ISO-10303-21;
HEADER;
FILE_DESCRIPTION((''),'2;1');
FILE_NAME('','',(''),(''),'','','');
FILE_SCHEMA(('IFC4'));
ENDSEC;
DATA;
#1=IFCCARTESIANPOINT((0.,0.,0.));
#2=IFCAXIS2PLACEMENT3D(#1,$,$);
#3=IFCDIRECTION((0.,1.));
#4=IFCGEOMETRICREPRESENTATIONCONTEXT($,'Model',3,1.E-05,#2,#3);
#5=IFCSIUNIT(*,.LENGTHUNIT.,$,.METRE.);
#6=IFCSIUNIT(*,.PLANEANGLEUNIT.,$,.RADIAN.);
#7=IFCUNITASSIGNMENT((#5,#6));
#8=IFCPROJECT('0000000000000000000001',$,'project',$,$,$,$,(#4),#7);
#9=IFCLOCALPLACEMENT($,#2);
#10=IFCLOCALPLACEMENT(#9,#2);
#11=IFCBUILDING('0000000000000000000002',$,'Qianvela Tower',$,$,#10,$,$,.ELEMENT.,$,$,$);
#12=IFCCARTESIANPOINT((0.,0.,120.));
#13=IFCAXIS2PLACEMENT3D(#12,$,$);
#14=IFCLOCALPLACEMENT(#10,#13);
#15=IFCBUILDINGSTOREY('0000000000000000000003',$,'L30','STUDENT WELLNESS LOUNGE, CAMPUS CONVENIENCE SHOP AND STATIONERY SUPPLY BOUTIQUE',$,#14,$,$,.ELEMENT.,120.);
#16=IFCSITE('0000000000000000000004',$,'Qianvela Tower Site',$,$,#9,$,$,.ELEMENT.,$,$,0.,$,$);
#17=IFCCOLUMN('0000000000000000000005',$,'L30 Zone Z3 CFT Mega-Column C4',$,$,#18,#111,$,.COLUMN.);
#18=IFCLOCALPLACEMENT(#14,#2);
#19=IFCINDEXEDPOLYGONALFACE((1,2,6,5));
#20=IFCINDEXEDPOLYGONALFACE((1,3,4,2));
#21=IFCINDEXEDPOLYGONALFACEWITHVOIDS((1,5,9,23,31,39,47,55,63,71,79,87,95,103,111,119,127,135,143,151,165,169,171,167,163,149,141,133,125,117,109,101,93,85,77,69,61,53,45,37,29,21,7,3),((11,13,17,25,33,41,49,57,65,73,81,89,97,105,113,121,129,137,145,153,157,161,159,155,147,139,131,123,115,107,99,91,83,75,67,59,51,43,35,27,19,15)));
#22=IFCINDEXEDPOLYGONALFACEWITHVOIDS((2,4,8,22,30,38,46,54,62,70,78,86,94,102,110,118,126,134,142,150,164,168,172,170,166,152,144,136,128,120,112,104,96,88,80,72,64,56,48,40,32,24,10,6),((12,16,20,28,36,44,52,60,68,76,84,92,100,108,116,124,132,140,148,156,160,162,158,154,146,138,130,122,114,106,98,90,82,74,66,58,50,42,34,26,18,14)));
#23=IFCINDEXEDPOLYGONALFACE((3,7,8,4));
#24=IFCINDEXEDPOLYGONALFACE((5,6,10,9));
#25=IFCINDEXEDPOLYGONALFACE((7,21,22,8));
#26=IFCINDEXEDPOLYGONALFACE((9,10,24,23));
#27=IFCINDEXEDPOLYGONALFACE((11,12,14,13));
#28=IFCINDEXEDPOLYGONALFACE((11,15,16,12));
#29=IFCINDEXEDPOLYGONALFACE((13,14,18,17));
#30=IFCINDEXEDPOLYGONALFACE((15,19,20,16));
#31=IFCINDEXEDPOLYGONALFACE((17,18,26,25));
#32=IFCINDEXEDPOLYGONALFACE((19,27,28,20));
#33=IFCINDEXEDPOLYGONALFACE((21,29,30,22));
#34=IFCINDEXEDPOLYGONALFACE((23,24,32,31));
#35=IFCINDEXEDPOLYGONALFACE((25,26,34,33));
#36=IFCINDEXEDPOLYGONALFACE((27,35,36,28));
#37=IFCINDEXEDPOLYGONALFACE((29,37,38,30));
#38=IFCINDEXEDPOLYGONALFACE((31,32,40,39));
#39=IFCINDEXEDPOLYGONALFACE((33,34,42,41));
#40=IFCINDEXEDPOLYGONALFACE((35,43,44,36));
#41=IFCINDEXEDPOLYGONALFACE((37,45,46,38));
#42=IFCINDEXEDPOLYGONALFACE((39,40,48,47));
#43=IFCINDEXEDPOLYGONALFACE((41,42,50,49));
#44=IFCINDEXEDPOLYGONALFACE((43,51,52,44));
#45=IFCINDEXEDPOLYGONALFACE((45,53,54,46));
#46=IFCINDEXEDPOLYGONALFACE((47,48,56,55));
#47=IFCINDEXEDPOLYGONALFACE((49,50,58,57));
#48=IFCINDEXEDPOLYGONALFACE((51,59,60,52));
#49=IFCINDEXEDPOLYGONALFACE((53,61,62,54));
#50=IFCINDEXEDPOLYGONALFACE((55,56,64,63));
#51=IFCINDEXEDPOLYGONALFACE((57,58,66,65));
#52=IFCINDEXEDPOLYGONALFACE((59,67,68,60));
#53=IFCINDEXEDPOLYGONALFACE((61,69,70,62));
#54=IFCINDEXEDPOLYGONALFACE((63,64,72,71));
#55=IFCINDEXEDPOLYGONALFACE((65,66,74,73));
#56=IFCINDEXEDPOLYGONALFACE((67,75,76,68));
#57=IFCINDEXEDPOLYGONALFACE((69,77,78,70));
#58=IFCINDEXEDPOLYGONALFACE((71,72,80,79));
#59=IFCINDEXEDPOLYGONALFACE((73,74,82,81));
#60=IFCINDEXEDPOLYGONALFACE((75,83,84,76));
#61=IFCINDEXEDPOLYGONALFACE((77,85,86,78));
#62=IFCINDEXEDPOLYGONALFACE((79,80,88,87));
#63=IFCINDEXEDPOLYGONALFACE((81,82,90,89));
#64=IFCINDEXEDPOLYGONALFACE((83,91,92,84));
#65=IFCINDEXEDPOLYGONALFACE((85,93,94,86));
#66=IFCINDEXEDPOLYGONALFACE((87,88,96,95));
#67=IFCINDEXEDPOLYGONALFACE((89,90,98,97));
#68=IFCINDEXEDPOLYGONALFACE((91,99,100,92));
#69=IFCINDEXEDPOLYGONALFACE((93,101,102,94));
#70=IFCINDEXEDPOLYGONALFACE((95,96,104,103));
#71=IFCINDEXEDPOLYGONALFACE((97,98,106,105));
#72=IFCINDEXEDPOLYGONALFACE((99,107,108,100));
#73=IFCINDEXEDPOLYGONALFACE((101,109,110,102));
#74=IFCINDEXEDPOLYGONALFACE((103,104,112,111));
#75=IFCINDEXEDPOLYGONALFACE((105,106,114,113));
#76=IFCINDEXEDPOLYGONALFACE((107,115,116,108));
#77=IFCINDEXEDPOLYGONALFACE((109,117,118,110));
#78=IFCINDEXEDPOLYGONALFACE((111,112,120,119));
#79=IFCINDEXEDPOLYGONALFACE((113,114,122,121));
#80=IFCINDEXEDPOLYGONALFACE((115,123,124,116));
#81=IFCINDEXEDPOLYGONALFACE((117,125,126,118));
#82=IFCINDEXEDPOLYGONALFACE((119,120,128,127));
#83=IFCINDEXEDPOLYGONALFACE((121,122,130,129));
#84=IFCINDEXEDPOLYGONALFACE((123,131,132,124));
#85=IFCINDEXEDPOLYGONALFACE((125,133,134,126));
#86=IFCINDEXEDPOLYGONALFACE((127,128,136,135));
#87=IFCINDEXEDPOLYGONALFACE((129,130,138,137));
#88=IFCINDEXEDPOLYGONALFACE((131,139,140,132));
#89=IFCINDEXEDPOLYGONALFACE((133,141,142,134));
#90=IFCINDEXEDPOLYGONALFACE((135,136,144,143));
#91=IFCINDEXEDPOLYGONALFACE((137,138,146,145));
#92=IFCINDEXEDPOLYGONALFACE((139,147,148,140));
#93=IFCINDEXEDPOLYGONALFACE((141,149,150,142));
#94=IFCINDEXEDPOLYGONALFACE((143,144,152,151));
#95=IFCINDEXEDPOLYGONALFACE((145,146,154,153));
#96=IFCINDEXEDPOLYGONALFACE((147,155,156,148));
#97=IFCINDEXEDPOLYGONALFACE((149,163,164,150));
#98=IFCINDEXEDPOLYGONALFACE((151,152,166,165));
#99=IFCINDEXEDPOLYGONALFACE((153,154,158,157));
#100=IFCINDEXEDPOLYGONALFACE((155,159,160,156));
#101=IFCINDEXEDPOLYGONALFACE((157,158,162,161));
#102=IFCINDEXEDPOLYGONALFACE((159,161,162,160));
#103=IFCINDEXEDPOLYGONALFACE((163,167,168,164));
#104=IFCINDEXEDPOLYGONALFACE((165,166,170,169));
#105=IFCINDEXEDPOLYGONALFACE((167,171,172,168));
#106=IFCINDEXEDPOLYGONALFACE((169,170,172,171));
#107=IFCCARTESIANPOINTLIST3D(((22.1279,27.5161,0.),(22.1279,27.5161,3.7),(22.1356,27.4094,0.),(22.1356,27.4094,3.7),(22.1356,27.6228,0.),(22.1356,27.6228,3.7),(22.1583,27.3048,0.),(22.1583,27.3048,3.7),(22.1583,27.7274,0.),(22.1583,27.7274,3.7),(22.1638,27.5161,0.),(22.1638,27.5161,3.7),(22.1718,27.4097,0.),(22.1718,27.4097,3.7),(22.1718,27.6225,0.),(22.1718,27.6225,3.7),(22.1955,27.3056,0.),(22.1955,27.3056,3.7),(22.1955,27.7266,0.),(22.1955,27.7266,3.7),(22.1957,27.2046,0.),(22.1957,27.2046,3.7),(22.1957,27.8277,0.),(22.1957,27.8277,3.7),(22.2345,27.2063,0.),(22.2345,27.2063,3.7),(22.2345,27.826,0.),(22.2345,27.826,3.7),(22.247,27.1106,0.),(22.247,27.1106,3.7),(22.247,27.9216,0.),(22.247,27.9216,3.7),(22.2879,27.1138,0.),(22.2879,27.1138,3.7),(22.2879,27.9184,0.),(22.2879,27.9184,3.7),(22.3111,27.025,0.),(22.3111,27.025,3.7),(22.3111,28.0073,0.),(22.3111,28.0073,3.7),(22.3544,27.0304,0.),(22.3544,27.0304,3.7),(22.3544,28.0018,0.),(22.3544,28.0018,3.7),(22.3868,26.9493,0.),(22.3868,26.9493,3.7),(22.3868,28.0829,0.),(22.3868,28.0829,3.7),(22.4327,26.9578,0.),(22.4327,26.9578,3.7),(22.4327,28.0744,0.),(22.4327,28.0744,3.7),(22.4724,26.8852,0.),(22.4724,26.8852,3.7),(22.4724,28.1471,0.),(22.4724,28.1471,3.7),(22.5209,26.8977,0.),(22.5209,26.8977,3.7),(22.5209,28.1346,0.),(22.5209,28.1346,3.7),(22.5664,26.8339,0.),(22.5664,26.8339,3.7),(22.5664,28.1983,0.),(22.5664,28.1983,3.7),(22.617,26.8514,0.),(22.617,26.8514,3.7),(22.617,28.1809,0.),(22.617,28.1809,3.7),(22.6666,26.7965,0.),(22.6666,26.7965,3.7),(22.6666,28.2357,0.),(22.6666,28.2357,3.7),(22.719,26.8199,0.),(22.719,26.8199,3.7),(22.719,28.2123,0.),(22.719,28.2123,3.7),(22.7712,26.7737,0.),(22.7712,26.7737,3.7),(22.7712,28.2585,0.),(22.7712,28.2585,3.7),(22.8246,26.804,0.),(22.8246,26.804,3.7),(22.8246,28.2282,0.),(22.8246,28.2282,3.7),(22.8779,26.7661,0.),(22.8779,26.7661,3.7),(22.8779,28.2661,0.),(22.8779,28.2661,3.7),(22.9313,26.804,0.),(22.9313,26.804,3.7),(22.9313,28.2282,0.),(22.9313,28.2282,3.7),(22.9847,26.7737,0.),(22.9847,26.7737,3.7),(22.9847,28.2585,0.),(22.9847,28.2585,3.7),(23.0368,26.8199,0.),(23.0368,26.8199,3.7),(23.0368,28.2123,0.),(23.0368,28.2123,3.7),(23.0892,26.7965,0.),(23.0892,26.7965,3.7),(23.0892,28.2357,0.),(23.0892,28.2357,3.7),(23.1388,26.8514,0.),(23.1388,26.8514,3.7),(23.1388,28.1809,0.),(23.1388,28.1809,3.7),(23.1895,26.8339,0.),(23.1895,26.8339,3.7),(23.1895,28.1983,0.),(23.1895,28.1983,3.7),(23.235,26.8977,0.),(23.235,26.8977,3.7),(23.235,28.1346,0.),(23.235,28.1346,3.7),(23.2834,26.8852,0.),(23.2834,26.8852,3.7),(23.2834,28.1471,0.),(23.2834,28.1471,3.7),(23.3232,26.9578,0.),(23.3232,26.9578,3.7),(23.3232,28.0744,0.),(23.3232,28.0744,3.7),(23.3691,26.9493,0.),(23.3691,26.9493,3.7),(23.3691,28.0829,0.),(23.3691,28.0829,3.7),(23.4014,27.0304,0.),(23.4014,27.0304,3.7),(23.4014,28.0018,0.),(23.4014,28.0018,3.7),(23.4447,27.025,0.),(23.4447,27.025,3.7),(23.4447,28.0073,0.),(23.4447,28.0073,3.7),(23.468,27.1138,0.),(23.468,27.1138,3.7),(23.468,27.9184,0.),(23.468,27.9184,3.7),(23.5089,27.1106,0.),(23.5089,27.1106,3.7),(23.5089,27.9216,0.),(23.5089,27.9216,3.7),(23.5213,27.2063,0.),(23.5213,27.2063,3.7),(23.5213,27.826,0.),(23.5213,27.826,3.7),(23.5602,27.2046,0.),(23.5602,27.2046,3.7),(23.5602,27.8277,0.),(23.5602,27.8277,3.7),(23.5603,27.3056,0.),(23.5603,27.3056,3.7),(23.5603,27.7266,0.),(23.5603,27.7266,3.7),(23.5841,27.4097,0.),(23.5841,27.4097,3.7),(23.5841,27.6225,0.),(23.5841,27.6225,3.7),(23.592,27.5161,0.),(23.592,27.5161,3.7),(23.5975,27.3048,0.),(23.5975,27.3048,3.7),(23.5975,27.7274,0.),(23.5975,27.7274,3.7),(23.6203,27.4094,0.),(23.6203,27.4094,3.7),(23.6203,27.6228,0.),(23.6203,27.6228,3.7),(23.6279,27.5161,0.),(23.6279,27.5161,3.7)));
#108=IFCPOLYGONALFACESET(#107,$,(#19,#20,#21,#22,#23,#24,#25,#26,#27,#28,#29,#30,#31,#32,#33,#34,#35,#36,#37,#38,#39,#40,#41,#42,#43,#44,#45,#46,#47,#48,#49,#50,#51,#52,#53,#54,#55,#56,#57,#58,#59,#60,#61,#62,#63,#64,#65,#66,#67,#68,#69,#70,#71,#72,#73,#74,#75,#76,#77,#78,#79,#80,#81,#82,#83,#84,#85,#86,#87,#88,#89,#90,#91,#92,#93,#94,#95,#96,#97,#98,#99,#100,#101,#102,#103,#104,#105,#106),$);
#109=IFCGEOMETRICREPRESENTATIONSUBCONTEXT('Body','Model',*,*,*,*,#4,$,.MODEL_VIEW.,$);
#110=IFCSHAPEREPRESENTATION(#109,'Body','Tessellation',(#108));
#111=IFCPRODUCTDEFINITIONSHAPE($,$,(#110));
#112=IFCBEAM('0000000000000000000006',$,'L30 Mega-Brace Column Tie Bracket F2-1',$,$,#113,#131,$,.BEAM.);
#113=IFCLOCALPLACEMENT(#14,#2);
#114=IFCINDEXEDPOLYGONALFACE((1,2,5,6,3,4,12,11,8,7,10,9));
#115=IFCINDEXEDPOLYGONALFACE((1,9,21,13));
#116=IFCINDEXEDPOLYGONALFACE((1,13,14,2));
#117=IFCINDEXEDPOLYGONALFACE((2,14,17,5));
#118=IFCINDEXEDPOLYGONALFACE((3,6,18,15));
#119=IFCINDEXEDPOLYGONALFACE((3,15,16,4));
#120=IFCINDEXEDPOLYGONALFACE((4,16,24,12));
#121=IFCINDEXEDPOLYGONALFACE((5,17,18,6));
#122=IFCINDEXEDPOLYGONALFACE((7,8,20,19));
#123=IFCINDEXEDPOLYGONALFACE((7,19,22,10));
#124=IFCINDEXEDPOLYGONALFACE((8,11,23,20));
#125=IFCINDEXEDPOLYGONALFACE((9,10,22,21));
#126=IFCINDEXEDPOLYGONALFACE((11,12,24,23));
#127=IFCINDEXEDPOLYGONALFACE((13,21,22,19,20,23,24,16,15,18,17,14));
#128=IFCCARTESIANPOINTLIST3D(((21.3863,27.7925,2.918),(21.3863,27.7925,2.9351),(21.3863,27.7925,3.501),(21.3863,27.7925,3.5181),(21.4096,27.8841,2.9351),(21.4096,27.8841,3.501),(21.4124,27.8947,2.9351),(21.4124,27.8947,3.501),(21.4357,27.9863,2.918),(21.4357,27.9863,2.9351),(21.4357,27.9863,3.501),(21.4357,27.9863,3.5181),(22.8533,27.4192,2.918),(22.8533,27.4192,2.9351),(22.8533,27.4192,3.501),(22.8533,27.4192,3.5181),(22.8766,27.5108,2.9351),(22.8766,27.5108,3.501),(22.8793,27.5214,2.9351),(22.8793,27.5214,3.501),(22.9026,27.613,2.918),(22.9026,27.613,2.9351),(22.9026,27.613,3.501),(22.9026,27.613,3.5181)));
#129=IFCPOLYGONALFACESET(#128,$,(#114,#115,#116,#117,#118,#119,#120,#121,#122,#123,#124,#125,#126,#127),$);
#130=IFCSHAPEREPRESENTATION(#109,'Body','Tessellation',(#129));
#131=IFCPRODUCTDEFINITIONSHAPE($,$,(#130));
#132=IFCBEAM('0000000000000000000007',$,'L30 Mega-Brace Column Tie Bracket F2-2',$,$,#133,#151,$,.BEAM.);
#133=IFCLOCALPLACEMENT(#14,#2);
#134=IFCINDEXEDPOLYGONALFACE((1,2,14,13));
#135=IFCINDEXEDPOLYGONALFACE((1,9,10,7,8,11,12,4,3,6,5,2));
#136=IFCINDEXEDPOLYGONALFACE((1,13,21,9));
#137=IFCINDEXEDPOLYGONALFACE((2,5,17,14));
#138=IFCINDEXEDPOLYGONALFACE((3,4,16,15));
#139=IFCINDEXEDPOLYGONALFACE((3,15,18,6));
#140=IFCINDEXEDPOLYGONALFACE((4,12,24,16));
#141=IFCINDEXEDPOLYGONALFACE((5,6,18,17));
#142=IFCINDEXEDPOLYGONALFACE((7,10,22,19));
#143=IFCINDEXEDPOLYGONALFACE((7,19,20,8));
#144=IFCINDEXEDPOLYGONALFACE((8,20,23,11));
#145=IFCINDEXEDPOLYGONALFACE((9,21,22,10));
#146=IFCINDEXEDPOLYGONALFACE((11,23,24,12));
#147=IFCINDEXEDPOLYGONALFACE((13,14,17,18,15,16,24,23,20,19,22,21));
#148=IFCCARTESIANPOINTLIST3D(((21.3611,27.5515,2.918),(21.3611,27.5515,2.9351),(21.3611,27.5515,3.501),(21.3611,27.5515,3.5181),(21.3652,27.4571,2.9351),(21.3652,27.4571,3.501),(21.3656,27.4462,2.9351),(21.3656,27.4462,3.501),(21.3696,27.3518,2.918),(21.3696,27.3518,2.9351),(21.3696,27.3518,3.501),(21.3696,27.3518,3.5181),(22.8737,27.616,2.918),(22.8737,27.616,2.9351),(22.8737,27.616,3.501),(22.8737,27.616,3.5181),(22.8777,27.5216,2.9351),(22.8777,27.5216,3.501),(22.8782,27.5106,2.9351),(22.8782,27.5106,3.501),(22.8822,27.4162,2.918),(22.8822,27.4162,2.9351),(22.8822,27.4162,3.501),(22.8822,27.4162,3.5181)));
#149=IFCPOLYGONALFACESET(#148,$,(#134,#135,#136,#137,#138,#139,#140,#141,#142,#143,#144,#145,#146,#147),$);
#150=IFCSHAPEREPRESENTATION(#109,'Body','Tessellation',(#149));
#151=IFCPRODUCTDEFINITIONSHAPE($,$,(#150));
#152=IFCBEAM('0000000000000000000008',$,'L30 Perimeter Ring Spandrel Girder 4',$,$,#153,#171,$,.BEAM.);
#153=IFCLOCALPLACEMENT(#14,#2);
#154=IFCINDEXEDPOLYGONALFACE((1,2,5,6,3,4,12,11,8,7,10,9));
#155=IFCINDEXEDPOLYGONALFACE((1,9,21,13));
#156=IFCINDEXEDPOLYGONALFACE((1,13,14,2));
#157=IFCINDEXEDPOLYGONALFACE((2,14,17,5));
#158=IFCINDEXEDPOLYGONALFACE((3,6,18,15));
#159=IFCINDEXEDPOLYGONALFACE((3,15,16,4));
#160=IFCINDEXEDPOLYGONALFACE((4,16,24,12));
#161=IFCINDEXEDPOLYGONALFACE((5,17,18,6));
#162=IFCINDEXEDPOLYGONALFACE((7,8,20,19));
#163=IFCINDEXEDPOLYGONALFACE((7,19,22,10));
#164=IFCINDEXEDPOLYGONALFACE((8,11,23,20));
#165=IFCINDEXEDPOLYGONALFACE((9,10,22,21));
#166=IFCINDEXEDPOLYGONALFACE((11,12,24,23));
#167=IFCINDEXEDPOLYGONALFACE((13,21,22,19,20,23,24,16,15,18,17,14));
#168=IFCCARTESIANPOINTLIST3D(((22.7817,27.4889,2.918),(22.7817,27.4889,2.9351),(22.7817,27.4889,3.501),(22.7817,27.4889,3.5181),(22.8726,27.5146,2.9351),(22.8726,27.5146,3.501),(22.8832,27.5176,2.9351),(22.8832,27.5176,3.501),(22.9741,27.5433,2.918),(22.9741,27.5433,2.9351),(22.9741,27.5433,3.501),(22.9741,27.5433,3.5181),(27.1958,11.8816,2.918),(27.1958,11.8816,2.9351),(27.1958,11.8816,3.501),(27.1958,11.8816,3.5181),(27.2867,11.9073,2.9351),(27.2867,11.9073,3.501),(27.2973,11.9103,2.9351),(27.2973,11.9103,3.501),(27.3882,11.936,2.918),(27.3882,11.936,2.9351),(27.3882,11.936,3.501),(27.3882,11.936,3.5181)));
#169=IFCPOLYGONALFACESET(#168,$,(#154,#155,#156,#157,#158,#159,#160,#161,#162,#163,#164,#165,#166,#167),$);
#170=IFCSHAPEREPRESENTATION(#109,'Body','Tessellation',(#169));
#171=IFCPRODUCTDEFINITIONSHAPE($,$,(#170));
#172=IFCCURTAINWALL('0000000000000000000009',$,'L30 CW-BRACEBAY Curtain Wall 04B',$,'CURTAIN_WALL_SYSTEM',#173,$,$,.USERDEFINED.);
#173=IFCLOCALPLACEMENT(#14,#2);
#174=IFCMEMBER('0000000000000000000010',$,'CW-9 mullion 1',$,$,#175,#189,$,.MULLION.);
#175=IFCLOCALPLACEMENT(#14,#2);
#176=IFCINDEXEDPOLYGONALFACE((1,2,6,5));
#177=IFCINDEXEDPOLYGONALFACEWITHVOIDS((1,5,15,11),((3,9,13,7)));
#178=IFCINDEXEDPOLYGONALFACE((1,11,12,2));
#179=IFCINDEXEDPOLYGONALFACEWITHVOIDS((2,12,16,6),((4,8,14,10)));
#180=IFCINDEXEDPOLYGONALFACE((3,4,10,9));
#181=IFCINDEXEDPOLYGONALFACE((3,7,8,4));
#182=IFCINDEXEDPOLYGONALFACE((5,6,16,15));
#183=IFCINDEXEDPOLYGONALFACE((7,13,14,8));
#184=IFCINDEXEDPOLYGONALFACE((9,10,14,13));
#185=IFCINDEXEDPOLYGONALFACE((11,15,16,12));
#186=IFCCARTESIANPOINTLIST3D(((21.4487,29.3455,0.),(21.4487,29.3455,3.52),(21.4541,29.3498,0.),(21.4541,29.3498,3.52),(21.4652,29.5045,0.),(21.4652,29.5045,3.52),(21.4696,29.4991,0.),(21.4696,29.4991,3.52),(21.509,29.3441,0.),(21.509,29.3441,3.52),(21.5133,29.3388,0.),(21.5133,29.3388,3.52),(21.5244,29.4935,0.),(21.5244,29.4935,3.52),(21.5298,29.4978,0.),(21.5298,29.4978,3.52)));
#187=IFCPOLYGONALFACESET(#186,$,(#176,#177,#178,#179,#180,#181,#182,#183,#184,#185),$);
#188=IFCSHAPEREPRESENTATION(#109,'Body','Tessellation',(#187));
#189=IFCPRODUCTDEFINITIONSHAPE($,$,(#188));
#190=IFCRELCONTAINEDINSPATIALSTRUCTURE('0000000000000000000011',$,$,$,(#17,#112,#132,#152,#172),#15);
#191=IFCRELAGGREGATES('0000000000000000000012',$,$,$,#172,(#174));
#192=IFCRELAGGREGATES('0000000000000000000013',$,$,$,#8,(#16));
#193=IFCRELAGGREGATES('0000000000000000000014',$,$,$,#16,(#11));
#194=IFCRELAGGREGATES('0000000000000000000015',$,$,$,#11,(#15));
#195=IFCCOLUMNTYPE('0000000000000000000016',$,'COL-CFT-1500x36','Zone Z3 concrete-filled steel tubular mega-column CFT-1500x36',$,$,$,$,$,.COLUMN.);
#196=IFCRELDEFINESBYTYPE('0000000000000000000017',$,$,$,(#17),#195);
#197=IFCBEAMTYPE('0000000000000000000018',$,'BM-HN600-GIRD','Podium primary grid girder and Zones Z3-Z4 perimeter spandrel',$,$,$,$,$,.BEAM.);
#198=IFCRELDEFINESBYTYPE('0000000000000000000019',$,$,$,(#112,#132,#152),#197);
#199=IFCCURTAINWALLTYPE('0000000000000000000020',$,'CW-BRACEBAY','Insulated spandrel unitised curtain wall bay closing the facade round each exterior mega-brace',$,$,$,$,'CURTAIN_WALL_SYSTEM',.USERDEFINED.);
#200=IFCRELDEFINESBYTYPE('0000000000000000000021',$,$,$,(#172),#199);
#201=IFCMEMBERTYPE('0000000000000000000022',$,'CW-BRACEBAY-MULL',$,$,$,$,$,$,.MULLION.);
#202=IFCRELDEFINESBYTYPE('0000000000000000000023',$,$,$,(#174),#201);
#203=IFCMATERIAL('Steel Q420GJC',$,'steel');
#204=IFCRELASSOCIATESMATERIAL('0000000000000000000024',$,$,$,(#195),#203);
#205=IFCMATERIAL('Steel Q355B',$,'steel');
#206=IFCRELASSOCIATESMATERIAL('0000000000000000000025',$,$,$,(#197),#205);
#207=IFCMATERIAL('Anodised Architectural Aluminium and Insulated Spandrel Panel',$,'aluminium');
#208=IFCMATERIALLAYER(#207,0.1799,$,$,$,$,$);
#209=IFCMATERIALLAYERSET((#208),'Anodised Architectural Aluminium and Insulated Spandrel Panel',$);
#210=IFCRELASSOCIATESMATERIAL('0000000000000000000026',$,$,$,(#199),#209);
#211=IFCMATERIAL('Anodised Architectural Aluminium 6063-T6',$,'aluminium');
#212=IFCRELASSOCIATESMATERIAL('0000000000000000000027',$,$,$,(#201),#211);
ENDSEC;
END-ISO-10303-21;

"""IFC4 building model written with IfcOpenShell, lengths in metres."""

from ifc_helpers import new_model, si_unit, direction, frame, origin, origin_2d, place, context, subcontext, project, spatial, hollow_rectangle, hollow_circle, i_section, extrude, material, layer, layer_set, material_profile, profile_set, type_object, element, aggregate, save


model = new_model("IFC4")

# Units and contexts
model_context = context("Model", 3, precision=1e-05, world=origin(), true_north=direction((0.0, 1.0)))
body_context = subcontext(model_context, "Body", "Model", "MODEL_VIEW")
ifc_project = project(units=[si_unit("LENGTHUNIT", "METRE"), si_unit("PLANEANGLEUNIT", "RADIAN")], contexts=[model_context])

# Site, building, storey
site_placement = place(None, origin())
site = spatial("IfcSite", under=ifc_project, at=site_placement, Name="Qianvela Tower Site", CompositionType="ELEMENT", RefElevation=0.0)
building_placement = place(site_placement, origin())
building = spatial("IfcBuilding", under=site, at=building_placement, Name="Qianvela Tower", CompositionType="ELEMENT")
storey_placement = place(building_placement, frame((0.0, 0.0, 120.0)))
storey = spatial("IfcBuildingStorey", under=building, at=storey_placement, Name="L30", Description="STUDENT WELLNESS LOUNGE, CAMPUS CONVENIENCE SHOP AND STATIONERY SUPPLY BOUTIQUE", CompositionType="ELEMENT", Elevation=120.0)

# Column
ifc_material_1 = material(Name="Steel Q420GJC", Category="steel")
ifc_material_profile_1 = material_profile(ifc_material_1, hollow_circle(Radius=0.75, WallThickness=0.0359, at=origin_2d()), Name="CFT-1500x36")
ifc_profile_set_1 = profile_set([ifc_material_profile_1], Name="Steel Q420GJC")
column_type = type_object("IfcColumnType", Name="COL-CFT-1500x36", Description="Zone Z3 concrete-filled steel tubular mega-column CFT-1500x36", PredefinedType="COLUMN", material=ifc_profile_set_1)
column_placement = place(storey_placement, frame((22.8779, 27.5161, 0.0), z_axis=(0.0, 0.0, 1.0), x_axis=(1.0, 0.0, 0.0)))
element("IfcColumn", 1, at=column_placement, inside=storey, type_object=column_type, Name="L30 Zone Z3 CFT Mega-Column C4", PredefinedType="COLUMN", context=body_context, shape_type="SweptSolid", body=[
    extrude(hollow_circle(Radius=0.75, WallThickness=0.0359, at=origin_2d()), origin(), (0.0, 0.0, 1.0), 3.7),
])

# Beams
ifc_material_2 = material(Name="Steel Q355B", Category="steel")
ifc_material_profile_2 = material_profile(ifc_material_2, i_section(OverallWidth=0.2, OverallDepth=0.6001, WebThickness=0.011, FlangeThickness=0.0171, at=origin_2d()), Name="HN600x200x11x17")
ifc_profile_set_2 = profile_set([ifc_material_profile_2], Name="Steel Q355B")
beam_type = type_object("IfcBeamType", Name="BM-HN600-GIRD", Description="Podium primary grid girder and Zones Z3-Z4 perimeter spandrel", PredefinedType="BEAM", material=ifc_profile_set_2)
beam_1_placement = place(storey_placement, frame((22.8779, 27.5161, 3.218), z_axis=(-0.969119, 0.246594, 0.0), x_axis=(-0.246594, -0.969119, 0.0)))
element("IfcBeam", 2, at=beam_1_placement, inside=storey, type_object=beam_type, Name="L30 Mega-Brace Column Tie Bracket F2-1", PredefinedType="BEAM", context=body_context, shape_type="SweptSolid", body=[
    extrude(i_section(OverallWidth=0.2, OverallDepth=0.6001, WebThickness=0.011, FlangeThickness=0.0171, at=origin_2d()), origin(), (0.0, 0.0, 1.0), 1.5137),
])
beam_2_placement = place(storey_placement, frame((22.8779, 27.5161, 3.218), z_axis=(-0.999093, -0.042576, 0.0), x_axis=(0.042576, -0.999093, 0.0)))
element("IfcBeam", 3, at=beam_2_placement, inside=storey, type_object=beam_type, Name="L30 Mega-Brace Column Tie Bracket F2-2", PredefinedType="BEAM", context=body_context, shape_type="SweptSolid", body=[
    extrude(i_section(OverallWidth=0.2, OverallDepth=0.6001, WebThickness=0.011, FlangeThickness=0.0171, at=origin_2d()), origin(), (0.0, 0.0, 1.0), 1.5139),
])
beam_3_placement = place(storey_placement, frame((22.8779, 27.5161, 3.218), z_axis=(0.272148, -0.962256, 0.0), x_axis=(0.962256, 0.272148, 0.0)))
element("IfcBeam", 4, at=beam_3_placement, inside=storey, type_object=beam_type, Name="L30 Perimeter Ring Spandrel Girder 4", PredefinedType="BEAM", context=body_context, shape_type="SweptSolid", body=[
    extrude(i_section(OverallWidth=0.2, OverallDepth=0.6001, WebThickness=0.011, FlangeThickness=0.0171, at=origin_2d()), origin(), (0.0, 0.0, 1.0), 16.2195),
])

# Curtain wall, member
ifc_material_3 = material(Name="Anodised Architectural Aluminium and Insulated Spandrel Panel", Category="aluminium")
ifc_layer_1 = layer(ifc_material_3, 0.1799)
ifc_layer_set_1 = layer_set([ifc_layer_1], Name="Anodised Architectural Aluminium and Insulated Spandrel Panel")
curtain_wall_type_1 = type_object("IfcCurtainWallType", Name="CW-BRACEBAY", Description="Insulated spandrel unitised curtain wall bay closing the facade round each exterior mega-brace", ElementType="CURTAIN_WALL_SYSTEM", PredefinedType="USERDEFINED", material=ifc_layer_set_1)
curtain_wall_1_placement = place(storey_placement, origin())
curtain_wall_1 = element("IfcCurtainWall", 5, at=curtain_wall_1_placement, inside=storey, type_object=curtain_wall_type_1, Name="L30 CW-BRACEBAY Curtain Wall 04B", ObjectType="CURTAIN_WALL_SYSTEM", PredefinedType="USERDEFINED")
ifc_material_4 = material(Name="Anodised Architectural Aluminium 6063-T6", Category="aluminium")
ifc_material_profile_3 = material_profile(ifc_material_4, hollow_rectangle(XDim=0.0649, YDim=0.1599, WallThickness=0.0049, at=origin_2d()), Name="ALU-MULL-65x160")
ifc_profile_set_3 = profile_set([ifc_material_profile_3], Name="Anodised Architectural Aluminium 6063-T6")
member_type_1 = type_object("IfcMemberType", Name="CW-BRACEBAY-MULL", PredefinedType="MULLION", material=ifc_profile_set_3)
member_1_placement = place(storey_placement, frame((21.4893, 29.4216, 0.0), z_axis=(0.0, 0.0, 1.0), x_axis=(0.994666, -0.103144, 0.0)))
member_1 = element("IfcMember", 6, at=member_1_placement, type_object=member_type_1, Name="CW-9 mullion 1", PredefinedType="MULLION", context=body_context, shape_type="SweptSolid", body=[
    extrude(hollow_rectangle(XDim=0.0649, YDim=0.1599, WallThickness=0.0049, at=origin_2d()), origin(), (0.0, 0.0, 1.0), 3.52),
])

aggregate(curtain_wall_1, [member_1])

save(model, "model.ifc")
